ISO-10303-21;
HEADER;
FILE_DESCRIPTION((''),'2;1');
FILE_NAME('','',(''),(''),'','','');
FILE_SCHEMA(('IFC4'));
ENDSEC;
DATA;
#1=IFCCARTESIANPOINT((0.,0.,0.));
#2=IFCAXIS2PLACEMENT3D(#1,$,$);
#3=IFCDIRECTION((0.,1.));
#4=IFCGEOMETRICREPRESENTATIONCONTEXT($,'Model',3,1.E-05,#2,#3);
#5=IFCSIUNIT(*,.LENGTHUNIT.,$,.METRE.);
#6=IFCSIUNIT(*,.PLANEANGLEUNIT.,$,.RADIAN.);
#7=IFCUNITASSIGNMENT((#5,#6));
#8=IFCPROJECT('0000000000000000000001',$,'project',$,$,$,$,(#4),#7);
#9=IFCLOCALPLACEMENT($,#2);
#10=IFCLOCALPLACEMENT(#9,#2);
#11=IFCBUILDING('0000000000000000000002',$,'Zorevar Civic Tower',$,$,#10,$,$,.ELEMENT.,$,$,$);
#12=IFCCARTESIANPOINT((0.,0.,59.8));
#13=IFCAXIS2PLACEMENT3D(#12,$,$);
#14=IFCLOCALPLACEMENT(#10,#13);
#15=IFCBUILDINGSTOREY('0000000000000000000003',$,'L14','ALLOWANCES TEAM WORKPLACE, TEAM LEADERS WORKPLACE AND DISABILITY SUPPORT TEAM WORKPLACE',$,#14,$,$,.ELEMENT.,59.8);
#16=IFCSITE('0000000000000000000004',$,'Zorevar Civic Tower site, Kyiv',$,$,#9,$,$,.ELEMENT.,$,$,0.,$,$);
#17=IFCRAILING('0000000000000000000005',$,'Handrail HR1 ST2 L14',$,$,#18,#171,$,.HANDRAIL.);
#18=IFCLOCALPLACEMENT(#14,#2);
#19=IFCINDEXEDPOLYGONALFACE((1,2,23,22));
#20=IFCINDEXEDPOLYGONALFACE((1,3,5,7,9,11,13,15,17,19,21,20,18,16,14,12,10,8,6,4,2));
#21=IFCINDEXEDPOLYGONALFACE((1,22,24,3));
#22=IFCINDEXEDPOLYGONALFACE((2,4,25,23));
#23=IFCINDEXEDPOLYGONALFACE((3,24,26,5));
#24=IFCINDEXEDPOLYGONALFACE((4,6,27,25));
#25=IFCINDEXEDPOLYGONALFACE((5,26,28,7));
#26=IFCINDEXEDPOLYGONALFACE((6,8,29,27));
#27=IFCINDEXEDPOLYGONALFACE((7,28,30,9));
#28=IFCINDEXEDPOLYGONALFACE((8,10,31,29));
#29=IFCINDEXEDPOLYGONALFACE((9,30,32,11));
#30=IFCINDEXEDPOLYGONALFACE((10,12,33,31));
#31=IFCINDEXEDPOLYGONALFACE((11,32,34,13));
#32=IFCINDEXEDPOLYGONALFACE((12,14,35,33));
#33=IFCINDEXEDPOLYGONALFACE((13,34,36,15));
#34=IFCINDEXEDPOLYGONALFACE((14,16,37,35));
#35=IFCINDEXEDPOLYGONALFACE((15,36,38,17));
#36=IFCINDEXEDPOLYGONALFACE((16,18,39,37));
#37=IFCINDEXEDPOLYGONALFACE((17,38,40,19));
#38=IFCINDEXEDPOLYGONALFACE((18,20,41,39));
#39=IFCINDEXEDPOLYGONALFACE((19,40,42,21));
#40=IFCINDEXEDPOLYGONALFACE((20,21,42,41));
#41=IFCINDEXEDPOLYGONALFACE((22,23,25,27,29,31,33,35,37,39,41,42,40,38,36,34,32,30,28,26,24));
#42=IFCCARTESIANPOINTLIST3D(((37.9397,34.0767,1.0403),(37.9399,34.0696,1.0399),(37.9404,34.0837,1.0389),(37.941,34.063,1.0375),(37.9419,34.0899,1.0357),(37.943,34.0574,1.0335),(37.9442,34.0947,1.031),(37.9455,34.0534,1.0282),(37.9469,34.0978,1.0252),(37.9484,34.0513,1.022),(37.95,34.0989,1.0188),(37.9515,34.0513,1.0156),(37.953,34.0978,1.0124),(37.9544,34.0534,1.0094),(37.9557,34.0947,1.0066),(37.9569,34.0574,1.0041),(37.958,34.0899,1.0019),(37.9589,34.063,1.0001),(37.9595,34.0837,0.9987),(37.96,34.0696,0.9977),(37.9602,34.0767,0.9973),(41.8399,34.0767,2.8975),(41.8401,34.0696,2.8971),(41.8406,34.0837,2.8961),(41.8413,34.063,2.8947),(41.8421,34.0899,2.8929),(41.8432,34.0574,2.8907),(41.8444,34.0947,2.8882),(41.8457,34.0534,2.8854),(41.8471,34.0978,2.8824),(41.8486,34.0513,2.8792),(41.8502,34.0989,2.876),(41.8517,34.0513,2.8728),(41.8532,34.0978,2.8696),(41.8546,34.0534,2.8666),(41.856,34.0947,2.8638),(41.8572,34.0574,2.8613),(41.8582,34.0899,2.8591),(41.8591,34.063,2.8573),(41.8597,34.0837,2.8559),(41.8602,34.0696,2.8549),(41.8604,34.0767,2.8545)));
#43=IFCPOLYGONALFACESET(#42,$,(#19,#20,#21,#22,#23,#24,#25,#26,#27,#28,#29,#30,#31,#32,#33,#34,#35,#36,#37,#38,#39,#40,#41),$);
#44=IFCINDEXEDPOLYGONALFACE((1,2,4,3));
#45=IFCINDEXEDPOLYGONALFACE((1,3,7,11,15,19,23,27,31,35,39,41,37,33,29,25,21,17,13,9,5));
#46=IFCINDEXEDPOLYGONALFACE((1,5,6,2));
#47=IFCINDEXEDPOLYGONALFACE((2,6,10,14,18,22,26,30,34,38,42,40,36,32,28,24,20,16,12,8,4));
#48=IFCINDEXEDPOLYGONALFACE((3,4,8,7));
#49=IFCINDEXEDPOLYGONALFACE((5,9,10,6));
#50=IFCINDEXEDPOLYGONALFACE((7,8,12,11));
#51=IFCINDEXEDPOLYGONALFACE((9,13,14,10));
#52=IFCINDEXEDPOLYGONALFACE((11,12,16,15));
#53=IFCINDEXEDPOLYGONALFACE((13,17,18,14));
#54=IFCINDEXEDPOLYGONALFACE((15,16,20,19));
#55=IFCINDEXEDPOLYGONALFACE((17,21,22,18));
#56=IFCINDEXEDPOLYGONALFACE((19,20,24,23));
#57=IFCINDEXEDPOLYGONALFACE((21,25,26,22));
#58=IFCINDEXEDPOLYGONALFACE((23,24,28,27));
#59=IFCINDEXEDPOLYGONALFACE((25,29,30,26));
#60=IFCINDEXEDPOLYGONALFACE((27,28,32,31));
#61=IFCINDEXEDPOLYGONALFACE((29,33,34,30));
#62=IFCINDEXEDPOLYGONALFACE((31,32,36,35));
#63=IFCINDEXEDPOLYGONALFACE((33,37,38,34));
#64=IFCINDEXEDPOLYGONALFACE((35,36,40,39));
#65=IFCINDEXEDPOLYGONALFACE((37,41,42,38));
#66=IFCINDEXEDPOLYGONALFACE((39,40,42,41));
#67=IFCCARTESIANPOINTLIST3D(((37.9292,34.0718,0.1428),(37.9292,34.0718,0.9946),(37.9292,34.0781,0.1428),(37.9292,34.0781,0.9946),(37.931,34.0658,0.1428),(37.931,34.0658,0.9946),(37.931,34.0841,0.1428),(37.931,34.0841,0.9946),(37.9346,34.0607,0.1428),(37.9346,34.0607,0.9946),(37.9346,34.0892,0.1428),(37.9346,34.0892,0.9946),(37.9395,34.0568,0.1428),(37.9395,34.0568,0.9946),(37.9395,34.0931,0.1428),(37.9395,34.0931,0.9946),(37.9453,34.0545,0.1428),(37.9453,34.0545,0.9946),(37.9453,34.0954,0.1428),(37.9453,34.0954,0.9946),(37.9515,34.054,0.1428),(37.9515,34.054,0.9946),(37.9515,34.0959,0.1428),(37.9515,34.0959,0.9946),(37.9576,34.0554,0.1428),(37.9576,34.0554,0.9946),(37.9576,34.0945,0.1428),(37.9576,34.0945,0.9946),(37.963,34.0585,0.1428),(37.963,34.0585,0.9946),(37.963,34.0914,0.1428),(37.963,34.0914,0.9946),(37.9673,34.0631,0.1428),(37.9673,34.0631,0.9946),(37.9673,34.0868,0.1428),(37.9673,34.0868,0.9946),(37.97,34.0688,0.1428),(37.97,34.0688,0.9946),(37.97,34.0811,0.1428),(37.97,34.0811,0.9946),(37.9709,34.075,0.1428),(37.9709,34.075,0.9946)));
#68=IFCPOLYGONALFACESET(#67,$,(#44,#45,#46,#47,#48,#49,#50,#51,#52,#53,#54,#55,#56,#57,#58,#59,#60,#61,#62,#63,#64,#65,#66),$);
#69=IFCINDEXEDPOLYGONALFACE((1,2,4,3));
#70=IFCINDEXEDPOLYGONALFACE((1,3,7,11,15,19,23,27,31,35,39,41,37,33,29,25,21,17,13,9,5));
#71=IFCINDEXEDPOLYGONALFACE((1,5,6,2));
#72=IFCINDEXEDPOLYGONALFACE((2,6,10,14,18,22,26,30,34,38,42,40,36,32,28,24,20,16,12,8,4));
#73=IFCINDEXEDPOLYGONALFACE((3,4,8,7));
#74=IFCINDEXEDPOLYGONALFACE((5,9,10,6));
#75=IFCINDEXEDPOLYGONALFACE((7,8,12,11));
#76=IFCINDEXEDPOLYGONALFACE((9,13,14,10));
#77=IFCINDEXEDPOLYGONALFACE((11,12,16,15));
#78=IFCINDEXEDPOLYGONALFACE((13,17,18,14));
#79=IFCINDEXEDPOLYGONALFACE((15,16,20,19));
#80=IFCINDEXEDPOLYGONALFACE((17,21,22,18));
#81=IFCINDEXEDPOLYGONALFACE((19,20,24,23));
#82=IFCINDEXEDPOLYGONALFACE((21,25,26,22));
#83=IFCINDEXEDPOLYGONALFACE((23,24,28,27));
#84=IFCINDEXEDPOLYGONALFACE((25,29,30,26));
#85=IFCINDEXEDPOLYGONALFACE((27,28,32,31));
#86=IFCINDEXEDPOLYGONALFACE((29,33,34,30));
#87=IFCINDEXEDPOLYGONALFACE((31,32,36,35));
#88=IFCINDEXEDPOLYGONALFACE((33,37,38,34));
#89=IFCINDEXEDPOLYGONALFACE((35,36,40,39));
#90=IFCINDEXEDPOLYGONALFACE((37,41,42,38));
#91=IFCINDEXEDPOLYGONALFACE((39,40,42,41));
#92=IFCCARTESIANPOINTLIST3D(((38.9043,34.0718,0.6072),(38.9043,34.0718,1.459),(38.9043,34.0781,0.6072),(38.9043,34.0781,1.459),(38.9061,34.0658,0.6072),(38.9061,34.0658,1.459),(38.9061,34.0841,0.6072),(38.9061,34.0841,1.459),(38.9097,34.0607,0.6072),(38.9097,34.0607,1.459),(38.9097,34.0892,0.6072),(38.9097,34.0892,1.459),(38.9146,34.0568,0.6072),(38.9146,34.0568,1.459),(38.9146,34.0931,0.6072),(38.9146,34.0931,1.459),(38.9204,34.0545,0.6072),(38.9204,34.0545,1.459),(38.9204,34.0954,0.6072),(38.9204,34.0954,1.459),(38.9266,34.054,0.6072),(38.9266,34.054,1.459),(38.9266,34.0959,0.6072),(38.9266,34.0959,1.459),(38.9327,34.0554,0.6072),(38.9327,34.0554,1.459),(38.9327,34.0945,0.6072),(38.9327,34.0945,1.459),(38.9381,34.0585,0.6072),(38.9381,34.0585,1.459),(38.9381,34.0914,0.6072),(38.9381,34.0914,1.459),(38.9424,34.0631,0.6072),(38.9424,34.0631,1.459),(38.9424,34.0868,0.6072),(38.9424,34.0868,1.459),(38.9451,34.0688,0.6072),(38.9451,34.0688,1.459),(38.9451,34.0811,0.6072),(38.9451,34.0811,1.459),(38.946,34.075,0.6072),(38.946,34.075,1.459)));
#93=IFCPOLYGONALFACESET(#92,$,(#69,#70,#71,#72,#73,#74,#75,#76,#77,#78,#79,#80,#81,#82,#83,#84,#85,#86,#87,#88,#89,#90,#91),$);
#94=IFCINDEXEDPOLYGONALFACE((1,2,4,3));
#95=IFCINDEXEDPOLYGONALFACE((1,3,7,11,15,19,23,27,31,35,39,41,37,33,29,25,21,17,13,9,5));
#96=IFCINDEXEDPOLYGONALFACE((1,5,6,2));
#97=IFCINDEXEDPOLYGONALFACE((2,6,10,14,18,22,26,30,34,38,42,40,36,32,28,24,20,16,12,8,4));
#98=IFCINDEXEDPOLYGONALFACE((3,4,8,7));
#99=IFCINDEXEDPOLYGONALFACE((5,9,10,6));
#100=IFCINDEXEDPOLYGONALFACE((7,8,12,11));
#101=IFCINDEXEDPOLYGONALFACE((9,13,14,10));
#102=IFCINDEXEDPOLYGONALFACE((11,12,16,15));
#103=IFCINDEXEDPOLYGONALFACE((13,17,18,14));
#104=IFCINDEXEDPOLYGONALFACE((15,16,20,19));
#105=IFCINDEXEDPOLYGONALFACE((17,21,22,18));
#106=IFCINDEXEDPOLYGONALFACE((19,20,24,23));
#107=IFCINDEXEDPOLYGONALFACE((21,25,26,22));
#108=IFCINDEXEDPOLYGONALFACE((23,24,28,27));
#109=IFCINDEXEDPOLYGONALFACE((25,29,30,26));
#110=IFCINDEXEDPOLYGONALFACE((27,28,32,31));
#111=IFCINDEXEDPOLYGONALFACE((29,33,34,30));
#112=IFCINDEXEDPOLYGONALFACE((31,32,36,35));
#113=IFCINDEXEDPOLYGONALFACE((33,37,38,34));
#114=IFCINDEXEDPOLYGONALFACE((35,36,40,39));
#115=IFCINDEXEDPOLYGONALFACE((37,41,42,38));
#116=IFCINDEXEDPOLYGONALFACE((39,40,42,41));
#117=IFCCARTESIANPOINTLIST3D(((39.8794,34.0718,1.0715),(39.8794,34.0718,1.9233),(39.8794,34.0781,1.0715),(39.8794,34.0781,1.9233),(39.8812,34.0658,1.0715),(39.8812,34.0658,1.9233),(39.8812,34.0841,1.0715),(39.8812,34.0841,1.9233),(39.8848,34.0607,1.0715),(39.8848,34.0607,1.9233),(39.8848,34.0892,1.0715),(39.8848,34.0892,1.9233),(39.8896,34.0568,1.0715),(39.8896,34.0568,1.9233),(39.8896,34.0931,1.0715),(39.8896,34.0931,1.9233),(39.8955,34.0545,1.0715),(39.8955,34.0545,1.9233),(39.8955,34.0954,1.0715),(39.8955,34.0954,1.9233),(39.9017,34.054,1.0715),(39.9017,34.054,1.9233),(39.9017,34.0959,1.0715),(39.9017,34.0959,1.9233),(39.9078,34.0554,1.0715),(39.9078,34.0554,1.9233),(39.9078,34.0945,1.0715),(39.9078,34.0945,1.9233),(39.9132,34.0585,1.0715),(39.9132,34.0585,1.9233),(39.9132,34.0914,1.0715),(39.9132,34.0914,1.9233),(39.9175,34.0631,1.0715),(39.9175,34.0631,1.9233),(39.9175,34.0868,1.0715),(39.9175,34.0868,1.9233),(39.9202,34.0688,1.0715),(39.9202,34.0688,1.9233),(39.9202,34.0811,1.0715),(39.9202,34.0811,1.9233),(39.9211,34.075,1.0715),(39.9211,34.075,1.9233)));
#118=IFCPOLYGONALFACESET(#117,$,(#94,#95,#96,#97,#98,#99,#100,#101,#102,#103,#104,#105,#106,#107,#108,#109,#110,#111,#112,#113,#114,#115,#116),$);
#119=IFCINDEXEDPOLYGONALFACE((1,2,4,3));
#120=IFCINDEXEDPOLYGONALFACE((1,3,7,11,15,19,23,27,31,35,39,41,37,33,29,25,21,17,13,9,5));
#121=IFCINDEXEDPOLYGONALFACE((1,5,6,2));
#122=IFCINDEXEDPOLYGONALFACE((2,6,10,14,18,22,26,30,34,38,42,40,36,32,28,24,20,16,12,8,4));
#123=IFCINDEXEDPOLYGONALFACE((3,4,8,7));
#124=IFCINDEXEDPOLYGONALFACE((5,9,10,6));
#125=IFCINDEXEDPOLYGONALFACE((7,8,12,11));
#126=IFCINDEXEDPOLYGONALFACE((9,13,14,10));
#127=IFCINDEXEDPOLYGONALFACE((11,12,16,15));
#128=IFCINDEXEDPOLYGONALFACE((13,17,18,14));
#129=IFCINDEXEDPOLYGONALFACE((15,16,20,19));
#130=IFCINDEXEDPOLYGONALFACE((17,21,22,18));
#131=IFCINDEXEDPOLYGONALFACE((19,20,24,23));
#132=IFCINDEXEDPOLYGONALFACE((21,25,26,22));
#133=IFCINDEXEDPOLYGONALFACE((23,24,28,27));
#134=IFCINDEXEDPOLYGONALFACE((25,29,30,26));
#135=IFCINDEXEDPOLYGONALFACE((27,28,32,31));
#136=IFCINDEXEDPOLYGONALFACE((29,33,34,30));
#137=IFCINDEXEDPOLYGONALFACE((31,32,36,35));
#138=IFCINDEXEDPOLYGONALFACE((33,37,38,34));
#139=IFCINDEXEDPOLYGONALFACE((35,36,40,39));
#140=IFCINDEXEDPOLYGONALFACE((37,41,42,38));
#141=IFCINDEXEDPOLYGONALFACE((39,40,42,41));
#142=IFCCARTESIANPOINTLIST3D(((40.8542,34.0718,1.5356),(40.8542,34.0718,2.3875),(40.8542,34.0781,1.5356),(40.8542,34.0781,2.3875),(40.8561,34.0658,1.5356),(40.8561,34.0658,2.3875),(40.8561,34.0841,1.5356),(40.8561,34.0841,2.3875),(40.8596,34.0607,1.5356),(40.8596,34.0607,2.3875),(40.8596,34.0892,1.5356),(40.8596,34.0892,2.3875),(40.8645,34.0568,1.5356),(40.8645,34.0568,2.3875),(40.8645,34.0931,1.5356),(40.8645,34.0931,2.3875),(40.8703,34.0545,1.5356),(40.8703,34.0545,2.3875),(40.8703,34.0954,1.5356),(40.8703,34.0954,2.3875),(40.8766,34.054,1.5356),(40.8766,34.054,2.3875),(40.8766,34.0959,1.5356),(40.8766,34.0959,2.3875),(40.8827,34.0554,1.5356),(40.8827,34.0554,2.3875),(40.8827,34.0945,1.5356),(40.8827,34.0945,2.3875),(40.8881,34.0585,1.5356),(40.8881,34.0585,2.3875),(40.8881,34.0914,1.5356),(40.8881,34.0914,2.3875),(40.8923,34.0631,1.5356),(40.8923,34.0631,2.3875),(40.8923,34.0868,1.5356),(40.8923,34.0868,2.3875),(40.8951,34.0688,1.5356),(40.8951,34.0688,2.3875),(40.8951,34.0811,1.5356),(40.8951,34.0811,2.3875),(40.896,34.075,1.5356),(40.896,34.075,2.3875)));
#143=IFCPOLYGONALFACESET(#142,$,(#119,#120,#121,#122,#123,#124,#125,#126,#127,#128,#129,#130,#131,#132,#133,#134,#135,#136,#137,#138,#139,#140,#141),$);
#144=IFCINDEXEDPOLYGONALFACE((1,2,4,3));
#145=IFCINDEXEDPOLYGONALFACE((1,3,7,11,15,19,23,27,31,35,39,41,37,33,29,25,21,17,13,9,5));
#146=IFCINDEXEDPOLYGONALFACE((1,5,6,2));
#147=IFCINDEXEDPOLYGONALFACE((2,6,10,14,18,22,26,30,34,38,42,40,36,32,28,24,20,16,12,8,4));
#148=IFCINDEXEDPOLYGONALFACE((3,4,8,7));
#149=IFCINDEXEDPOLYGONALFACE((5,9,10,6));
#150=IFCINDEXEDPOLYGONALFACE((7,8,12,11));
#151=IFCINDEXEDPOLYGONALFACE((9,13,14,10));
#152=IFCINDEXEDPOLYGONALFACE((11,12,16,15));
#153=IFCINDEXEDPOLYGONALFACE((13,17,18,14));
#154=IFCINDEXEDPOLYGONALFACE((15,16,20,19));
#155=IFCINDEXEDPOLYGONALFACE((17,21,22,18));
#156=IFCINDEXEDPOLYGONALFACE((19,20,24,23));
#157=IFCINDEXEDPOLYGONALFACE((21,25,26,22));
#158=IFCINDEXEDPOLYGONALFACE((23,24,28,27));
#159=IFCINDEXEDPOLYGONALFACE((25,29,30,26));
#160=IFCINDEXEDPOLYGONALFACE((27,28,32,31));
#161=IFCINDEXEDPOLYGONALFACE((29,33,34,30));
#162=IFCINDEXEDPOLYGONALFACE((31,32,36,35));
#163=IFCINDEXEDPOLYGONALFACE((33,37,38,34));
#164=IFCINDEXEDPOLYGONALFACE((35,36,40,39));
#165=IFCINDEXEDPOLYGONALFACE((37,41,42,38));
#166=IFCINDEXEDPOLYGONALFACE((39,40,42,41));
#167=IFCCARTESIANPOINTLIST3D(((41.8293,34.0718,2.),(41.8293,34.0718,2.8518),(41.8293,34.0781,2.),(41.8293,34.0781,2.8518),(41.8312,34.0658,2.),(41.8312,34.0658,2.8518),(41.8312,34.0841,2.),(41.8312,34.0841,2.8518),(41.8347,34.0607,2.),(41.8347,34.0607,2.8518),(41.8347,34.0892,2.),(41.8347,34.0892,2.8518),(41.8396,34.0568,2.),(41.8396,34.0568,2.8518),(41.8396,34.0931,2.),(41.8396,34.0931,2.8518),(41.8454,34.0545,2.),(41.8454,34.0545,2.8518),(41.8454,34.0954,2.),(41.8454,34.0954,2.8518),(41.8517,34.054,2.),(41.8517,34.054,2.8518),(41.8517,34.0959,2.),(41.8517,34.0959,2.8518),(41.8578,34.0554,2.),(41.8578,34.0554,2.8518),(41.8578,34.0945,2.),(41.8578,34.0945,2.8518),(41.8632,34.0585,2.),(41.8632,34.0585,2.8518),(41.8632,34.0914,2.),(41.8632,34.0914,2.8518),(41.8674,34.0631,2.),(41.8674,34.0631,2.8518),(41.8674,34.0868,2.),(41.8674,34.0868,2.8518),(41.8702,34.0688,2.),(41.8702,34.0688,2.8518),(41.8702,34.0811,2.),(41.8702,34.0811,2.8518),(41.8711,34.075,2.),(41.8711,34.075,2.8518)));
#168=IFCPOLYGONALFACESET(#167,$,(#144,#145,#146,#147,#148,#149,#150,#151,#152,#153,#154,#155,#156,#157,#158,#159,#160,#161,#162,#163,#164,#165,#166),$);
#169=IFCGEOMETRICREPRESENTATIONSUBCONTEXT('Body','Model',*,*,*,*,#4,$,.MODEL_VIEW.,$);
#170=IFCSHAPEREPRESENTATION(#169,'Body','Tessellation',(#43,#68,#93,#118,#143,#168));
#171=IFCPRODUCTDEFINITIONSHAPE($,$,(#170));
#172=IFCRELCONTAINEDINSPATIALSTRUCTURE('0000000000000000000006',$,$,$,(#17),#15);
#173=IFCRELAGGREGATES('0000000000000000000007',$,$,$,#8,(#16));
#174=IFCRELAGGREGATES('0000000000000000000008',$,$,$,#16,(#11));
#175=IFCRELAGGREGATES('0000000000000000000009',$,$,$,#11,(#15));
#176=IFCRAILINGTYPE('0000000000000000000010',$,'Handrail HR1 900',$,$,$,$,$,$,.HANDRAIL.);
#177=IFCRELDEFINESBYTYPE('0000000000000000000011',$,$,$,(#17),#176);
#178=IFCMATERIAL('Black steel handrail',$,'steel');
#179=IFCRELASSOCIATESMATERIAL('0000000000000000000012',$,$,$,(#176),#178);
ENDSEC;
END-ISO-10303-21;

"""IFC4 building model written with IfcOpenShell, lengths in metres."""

from ifc_helpers import new_model, si_unit, direction, frame, origin, origin_2d, place, context, subcontext, project, spatial, circle, extrude, material, type_object, element, save


model = new_model("IFC4")

# Units and contexts
model_context = context("Model", 3, precision=1e-05, world=origin(), true_north=direction((0.0, 1.0)))
body_context = subcontext(model_context, "Body", "Model", "MODEL_VIEW")
ifc_project = project(units=[si_unit("LENGTHUNIT", "METRE"), si_unit("PLANEANGLEUNIT", "RADIAN")], contexts=[model_context])

# Site, building, storey
site_placement = place(None, origin())
site = spatial("IfcSite", under=ifc_project, at=site_placement, Name="Zorevar Civic Tower site, Kyiv", CompositionType="ELEMENT", RefElevation=0.0)
building_placement = place(site_placement, origin())
building = spatial("IfcBuilding", under=site, at=building_placement, Name="Zorevar Civic Tower", CompositionType="ELEMENT")
storey_placement = place(building_placement, frame((0.0, 0.0, 59.8)))
storey = spatial("IfcBuildingStorey", under=building, at=storey_placement, Name="L14", Description="ALLOWANCES TEAM WORKPLACE, TEAM LEADERS WORKPLACE AND DISABILITY SUPPORT TEAM WORKPLACE", CompositionType="ELEMENT", Elevation=59.8)

# Railing
ifc_material_1 = material(Name="Black steel handrail", Category="steel")
railing_type_1 = type_object("IfcRailingType", Name="Handrail HR1 900", PredefinedType="HANDRAIL", material=ifc_material_1)
railing_1_placement = place(storey_placement, frame((37.95, 34.075, 0.1428)))
element("IfcRailing", 1, at=railing_1_placement, inside=storey, type_object=railing_type_1, Name="Handrail HR1 ST2 L14", PredefinedType="HANDRAIL", context=body_context, shape_type="SweptSolid", body=[
    extrude(circle(Radius=0.0239, at=origin_2d()), frame((0.0, 0.0, 0.876), z_axis=(0.902864, 0.0, 0.429927), x_axis=(0.0, 1.0, 0.0)), (0.0, 0.0, 1.0), 4.3198),
    extrude(circle(Radius=0.021, at=origin_2d()), origin(), (0.0, 0.0, 1.0), 0.8518),
    extrude(circle(Radius=0.021, at=origin_2d()), frame((0.9751, 0.0, 0.4644)), (0.0, 0.0, 1.0), 0.8518),
    extrude(circle(Radius=0.021, at=origin_2d()), frame((1.9502, 0.0, 0.9287)), (0.0, 0.0, 1.0), 0.8518),
    extrude(circle(Radius=0.021, at=origin_2d()), frame((2.925, 0.0, 1.3928)), (0.0, 0.0, 1.0), 0.8518),
    extrude(circle(Radius=0.021, at=origin_2d()), frame((3.9001, 0.0, 1.8572)), (0.0, 0.0, 1.0), 0.8518),
])

save(model, "model.ifc")
